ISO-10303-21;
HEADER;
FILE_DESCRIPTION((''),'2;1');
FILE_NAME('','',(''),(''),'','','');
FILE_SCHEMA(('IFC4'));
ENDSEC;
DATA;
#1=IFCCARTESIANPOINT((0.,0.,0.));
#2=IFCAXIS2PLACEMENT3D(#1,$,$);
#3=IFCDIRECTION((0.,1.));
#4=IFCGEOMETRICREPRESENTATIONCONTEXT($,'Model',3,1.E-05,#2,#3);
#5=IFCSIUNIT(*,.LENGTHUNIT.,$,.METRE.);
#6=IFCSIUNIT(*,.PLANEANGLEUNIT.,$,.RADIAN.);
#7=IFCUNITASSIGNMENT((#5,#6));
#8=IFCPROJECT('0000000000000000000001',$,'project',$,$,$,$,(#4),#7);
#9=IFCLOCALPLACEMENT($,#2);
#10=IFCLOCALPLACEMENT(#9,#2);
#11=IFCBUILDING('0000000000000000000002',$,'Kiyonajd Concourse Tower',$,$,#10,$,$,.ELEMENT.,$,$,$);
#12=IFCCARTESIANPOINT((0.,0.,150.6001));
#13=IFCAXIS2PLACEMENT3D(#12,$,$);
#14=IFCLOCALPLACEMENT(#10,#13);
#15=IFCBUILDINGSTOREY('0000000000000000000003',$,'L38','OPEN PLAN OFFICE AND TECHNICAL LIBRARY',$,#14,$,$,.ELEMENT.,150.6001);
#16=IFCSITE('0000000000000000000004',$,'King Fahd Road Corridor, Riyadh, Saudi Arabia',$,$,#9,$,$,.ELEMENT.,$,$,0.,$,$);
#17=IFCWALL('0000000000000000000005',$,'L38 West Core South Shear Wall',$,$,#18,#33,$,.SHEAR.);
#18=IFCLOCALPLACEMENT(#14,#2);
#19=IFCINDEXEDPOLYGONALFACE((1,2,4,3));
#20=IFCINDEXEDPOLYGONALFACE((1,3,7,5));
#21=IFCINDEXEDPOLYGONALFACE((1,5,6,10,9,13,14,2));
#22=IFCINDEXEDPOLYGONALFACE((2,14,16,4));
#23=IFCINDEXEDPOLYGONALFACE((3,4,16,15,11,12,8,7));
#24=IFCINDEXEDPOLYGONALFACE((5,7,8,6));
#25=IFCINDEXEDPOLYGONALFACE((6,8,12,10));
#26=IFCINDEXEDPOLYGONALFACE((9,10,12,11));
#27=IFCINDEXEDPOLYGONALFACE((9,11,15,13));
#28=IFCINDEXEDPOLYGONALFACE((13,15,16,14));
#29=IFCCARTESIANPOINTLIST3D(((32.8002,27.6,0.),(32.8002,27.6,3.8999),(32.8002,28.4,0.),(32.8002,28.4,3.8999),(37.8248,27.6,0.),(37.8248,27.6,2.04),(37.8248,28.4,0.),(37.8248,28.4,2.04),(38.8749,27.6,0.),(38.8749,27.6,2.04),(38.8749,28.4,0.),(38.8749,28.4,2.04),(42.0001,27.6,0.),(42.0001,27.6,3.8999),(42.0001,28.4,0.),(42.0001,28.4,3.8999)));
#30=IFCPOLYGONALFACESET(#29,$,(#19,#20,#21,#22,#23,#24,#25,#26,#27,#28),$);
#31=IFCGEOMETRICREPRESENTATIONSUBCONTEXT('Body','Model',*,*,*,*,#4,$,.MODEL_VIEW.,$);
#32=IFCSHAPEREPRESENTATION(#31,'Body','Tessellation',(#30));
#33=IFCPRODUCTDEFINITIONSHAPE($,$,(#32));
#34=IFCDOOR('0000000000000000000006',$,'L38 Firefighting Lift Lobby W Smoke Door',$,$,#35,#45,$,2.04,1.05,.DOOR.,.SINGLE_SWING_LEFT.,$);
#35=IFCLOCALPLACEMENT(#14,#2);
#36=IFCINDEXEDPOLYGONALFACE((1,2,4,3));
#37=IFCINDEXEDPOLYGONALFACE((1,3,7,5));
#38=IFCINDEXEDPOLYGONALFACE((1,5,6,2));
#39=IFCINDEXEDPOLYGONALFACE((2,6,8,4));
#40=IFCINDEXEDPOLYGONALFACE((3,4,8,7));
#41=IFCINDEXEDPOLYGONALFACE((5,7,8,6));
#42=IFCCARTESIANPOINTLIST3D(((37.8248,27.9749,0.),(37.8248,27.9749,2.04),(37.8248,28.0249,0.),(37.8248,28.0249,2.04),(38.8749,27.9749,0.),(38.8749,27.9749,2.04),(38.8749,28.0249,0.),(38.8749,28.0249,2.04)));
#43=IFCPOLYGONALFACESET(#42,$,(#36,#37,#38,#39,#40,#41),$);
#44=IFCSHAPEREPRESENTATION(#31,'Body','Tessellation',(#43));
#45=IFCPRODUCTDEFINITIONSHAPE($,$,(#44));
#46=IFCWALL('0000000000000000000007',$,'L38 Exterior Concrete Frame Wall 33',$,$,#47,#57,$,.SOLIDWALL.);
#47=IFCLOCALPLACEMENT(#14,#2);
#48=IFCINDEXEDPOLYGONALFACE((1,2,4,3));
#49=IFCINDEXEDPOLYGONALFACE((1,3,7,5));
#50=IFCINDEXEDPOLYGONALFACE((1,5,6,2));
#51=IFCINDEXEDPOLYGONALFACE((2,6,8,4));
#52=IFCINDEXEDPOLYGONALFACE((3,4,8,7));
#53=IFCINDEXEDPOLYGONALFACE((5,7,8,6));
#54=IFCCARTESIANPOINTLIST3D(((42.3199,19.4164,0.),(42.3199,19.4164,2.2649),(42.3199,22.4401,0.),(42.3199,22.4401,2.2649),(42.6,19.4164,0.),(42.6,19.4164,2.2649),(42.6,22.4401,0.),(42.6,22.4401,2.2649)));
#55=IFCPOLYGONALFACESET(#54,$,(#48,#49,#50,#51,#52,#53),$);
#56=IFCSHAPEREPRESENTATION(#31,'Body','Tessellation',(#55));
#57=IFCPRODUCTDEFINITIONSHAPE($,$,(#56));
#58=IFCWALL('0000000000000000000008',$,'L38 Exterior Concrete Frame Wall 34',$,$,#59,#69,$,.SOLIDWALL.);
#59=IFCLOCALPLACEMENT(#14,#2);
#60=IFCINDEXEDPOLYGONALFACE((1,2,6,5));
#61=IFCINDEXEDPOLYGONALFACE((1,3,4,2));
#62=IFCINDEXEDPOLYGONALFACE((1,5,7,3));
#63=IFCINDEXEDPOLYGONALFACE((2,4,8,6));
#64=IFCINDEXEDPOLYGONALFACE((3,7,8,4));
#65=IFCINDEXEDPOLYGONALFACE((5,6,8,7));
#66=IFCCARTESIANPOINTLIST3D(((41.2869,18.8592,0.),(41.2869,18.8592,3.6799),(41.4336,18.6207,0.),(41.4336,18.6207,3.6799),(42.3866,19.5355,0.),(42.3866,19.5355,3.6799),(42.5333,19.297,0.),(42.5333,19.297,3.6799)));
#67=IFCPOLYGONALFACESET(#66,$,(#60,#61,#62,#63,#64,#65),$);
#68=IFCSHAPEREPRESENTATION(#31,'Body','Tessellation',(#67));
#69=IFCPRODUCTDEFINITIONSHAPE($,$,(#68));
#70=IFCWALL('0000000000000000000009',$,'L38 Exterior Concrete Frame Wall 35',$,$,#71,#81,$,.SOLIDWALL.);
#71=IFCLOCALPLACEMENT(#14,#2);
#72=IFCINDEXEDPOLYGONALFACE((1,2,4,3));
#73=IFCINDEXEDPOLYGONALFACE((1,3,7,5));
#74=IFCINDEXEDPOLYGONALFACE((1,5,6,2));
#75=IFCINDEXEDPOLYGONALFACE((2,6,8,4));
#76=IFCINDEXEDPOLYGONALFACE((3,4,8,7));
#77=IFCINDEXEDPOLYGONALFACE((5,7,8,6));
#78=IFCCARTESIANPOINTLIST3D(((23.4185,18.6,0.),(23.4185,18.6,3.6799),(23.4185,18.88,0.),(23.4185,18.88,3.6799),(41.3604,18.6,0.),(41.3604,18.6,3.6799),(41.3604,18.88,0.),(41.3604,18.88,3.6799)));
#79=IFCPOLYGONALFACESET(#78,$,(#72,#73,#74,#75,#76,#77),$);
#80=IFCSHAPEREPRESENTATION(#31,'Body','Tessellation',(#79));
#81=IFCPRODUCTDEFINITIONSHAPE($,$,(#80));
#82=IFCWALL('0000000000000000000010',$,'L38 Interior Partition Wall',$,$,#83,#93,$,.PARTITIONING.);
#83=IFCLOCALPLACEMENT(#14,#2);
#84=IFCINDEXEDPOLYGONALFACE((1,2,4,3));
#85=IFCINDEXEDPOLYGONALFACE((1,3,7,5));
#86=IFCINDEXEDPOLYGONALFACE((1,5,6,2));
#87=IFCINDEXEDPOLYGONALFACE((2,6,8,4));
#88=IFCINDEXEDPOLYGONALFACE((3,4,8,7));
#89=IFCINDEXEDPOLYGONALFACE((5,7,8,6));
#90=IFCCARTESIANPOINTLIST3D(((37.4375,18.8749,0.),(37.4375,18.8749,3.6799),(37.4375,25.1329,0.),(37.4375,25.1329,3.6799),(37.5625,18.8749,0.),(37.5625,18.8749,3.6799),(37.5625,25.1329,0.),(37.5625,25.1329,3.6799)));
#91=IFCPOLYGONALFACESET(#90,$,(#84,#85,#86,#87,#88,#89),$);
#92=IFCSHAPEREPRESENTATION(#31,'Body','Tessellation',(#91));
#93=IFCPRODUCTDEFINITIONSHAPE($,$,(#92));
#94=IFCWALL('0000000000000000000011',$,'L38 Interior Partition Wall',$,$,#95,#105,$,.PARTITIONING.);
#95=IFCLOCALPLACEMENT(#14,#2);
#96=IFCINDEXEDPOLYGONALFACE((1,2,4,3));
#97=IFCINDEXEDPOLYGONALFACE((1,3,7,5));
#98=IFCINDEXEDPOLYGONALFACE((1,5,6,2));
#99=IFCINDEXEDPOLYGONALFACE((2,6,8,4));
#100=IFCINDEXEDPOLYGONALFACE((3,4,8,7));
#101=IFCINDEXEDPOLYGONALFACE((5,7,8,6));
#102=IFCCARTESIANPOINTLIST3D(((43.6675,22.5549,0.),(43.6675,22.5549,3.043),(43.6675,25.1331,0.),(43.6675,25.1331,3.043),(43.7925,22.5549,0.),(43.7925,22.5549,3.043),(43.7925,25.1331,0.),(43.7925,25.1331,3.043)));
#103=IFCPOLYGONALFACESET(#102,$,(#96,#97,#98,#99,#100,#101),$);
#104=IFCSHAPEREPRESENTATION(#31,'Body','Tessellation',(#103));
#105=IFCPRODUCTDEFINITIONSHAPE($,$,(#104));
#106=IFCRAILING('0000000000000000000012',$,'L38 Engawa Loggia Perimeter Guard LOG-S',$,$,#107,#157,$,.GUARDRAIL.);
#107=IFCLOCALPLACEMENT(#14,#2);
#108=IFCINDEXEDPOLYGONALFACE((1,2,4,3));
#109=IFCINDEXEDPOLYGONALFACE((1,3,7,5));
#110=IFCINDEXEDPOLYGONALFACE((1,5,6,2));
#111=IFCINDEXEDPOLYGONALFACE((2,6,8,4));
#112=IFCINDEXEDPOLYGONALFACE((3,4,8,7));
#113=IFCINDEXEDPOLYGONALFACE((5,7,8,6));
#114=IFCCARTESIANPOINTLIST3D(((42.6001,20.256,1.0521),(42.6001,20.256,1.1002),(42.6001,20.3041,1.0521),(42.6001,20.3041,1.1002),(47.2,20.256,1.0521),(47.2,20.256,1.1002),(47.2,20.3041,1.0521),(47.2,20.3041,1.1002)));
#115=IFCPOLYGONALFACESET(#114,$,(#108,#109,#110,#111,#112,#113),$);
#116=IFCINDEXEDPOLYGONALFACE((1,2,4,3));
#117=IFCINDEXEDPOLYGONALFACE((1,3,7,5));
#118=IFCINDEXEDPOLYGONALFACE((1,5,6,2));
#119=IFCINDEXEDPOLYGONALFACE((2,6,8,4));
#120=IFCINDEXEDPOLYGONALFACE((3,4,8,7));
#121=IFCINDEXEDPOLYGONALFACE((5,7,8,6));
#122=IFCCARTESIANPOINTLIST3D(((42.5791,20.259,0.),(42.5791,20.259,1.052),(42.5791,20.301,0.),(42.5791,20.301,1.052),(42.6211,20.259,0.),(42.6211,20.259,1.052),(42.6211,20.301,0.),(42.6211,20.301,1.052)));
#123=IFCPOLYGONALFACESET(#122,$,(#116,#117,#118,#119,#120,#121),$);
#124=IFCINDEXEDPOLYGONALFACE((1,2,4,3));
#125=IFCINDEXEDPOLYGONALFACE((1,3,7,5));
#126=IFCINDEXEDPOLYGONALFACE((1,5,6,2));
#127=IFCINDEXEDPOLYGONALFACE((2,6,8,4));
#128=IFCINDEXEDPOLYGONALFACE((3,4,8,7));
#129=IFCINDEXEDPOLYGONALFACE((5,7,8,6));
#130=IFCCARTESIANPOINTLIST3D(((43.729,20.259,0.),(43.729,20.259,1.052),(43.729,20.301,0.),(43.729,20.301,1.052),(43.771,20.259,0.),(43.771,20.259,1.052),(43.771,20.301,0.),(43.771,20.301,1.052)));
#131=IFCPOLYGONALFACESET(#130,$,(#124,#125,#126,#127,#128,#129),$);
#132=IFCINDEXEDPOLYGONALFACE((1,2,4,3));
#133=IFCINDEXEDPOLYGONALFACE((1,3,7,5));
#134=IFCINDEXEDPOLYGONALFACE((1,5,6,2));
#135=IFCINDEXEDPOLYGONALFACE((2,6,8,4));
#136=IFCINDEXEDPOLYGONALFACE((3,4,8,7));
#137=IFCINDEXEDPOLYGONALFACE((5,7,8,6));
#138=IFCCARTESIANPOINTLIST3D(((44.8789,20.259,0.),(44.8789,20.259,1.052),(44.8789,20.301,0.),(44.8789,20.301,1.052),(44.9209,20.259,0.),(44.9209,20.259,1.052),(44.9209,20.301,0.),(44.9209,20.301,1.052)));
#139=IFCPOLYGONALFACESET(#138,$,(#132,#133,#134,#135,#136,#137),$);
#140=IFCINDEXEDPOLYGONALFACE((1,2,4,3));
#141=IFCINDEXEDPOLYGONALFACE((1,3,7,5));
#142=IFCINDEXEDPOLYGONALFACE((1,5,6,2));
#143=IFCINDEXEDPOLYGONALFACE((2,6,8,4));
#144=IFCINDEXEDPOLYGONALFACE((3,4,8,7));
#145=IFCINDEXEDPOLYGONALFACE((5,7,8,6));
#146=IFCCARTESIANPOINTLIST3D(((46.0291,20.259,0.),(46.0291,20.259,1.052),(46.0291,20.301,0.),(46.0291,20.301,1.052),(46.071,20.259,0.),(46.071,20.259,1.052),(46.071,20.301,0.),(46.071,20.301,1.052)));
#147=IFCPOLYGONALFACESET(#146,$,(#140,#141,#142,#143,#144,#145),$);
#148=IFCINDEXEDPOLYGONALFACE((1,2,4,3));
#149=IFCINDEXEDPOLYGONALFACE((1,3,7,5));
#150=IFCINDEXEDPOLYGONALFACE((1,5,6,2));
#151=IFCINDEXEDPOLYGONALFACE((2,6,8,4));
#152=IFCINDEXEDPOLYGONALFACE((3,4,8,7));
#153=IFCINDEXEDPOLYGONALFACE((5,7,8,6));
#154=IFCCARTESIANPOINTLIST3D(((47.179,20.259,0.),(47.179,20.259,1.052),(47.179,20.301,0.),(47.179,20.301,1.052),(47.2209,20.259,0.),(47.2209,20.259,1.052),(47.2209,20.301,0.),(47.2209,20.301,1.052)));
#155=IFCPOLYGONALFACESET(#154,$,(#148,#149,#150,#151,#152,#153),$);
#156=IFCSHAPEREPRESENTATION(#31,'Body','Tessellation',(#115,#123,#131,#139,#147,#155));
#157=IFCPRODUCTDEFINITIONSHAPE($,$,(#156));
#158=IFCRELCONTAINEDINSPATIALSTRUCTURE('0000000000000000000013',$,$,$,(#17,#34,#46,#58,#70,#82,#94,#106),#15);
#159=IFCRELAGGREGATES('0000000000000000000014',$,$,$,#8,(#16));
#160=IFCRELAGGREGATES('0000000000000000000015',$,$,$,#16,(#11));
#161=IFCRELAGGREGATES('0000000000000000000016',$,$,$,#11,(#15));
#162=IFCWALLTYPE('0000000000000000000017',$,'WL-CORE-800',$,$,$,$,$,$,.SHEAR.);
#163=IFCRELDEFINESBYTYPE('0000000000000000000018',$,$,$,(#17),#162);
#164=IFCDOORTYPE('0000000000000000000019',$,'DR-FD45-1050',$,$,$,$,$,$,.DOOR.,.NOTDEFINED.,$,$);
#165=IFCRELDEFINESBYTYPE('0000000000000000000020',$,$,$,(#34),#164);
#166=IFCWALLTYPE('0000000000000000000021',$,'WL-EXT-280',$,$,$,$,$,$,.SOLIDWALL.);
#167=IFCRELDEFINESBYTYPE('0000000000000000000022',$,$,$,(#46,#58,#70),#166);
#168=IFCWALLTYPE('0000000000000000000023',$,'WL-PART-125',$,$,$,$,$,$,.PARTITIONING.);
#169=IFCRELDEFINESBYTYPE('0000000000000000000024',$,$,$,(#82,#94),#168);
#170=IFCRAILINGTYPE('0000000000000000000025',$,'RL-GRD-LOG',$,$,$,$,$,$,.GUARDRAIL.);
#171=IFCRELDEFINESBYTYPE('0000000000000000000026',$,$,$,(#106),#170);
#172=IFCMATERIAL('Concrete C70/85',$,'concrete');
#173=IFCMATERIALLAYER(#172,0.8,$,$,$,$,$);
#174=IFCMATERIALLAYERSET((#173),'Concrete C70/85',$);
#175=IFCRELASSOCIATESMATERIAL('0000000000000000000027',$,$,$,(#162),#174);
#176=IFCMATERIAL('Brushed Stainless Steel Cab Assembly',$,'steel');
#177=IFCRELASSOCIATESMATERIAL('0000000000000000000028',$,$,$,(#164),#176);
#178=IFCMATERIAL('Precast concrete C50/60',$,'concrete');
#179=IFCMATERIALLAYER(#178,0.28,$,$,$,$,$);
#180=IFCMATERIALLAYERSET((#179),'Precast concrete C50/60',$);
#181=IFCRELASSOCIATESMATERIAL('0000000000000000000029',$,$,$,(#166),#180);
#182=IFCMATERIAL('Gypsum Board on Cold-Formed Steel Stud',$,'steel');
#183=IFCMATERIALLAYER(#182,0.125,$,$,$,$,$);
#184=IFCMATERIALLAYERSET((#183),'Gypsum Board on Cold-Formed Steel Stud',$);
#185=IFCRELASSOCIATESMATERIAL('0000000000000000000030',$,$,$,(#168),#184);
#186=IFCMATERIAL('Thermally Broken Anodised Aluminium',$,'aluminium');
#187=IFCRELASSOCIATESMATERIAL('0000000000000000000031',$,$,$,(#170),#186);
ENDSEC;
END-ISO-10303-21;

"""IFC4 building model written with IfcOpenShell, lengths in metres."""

from ifc_helpers import new_model, si_unit, direction, frame, frame_2d, origin, origin_2d, place, context, subcontext, project, spatial, rectangle, extrude, material, layer, layer_set, type_object, element, fill, save


model = new_model("IFC4")

# Units and contexts
model_context = context("Model", 3, precision=1e-05, world=origin(), true_north=direction((0.0, 1.0)))
body_context = subcontext(model_context, "Body", "Model", "MODEL_VIEW")
ifc_project = project(units=[si_unit("LENGTHUNIT", "METRE"), si_unit("PLANEANGLEUNIT", "RADIAN")], contexts=[model_context])

# Site, building, storey
site_placement = place(None, origin())
site = spatial("IfcSite", under=ifc_project, at=site_placement, Name="King Fahd Road Corridor, Riyadh, Saudi Arabia", CompositionType="ELEMENT", RefElevation=0.0)
building_placement = place(site_placement, origin())
building = spatial("IfcBuilding", under=site, at=building_placement, Name="Kiyonajd Concourse Tower", CompositionType="ELEMENT")
storey_placement = place(building_placement, frame((0.0, 0.0, 150.6001)))
storey = spatial("IfcBuildingStorey", under=building, at=storey_placement, Name="L38", Description="OPEN PLAN OFFICE AND TECHNICAL LIBRARY", CompositionType="ELEMENT", Elevation=150.6001)

# Shared definitions
ifc_material_1 = material(Name="Concrete C70/85", Category="concrete")

# Shared definitions
ifc_material_2 = material(Name="Thermally Broken Anodised Aluminium", Category="aluminium")

# Shared definitions
ifc_layer_1 = layer(ifc_material_1, 0.8)
ifc_layer_set_1 = layer_set([ifc_layer_1], Name="Concrete C70/85")
wall_type_1 = type_object("IfcWallType", Name="WL-CORE-800", PredefinedType="SHEAR", material=ifc_layer_set_1)

# Wall, opening, door
wall_1_placement = place(storey_placement, frame((32.8, 28.0, 0.0), z_axis=(0.0, 0.0, 1.0), x_axis=(1.0, 0.0, 0.0)))
wall_1 = element("IfcWall", 1, at=wall_1_placement, inside=storey, type_object=wall_type_1, Name="L38 West Core South Shear Wall", PredefinedType="SHEAR", context=body_context, shape_type="SweptSolid", body=[
    extrude(rectangle(XDim=9.2, YDim=0.8, at=frame_2d((4.6001, 0.0))), origin(), (0.0, 0.0, 1.0), 3.8999),
])
opening_placement = place(wall_1_placement, frame((5.0249, 0.0, 0.0)))
opening = element("IfcOpeningElement", 2, at=opening_placement, cuts=wall_1, PredefinedType="OPENING", context=body_context, shape_type="SweptSolid", body=[
    extrude(rectangle(XDim=1.05, YDim=2.04, at=frame_2d((0.5249, 1.02))), frame((0.0, 0.4099, 0.0), z_axis=(0.0, -1.0, 0.0), x_axis=(1.0, 0.0, 0.0)), (0.0, 0.0, 1.0), 0.8201),
])
ifc_material_3 = material(Name="Brushed Stainless Steel Cab Assembly", Category="steel")
door_type = type_object("IfcDoorType", Name="DR-FD45-1050", OperationType="NOTDEFINED", PredefinedType="DOOR", material=ifc_material_3)
door_placement = place(opening_placement, origin())
door = element("IfcDoor", 3, at=door_placement, inside=storey, type_object=door_type, Name="L38 Firefighting Lift Lobby W Smoke Door", OperationType="SINGLE_SWING_LEFT", OverallHeight=2.04, OverallWidth=1.05, PredefinedType="DOOR", context=body_context, shape_type="SweptSolid", body=[
    extrude(rectangle(XDim=1.05, YDim=2.04, at=frame_2d((0.5249, 1.02))), frame((0.0, 0.0249, 0.0), z_axis=(0.0, -1.0, 0.0), x_axis=(1.0, 0.0, 0.0)), (0.0, 0.0, 1.0), 0.05),
])
fill(opening, door)

# Walls
ifc_material_4 = material(Name="Precast concrete C50/60", Category="concrete")
ifc_layer_2 = layer(ifc_material_4, 0.28)
ifc_layer_set_2 = layer_set([ifc_layer_2], Name="Precast concrete C50/60")
wall_type_2 = type_object("IfcWallType", Name="WL-EXT-280", PredefinedType="SOLIDWALL", material=ifc_layer_set_2)
wall_2_placement = place(storey_placement, frame((42.46, 22.4399, 0.0), z_axis=(0.0, 0.0, 1.0), x_axis=(0.0, -1.0, 0.0)))
element("IfcWall", 4, at=wall_2_placement, inside=storey, type_object=wall_type_2, Name="L38 Exterior Concrete Frame Wall 33", PredefinedType="SOLIDWALL", context=body_context, shape_type="SweptSolid", body=[
    extrude(rectangle(XDim=3.0237, YDim=0.28, at=frame_2d((1.5117, 0.0))), origin(), (0.0, 0.0, 1.0), 2.2649),
])
wall_3_placement = place(storey_placement, frame((42.46, 19.4163, 0.0), z_axis=(0.0, 0.0, 1.0), x_axis=(-0.851801, -0.523865, 0.0)))
element("IfcWall", 5, at=wall_3_placement, inside=storey, type_object=wall_type_2, Name="L38 Exterior Concrete Frame Wall 34", PredefinedType="SOLIDWALL", context=body_context, shape_type="SweptSolid", body=[
    extrude(rectangle(XDim=1.291, YDim=0.28, at=frame_2d((0.6455, 0.0))), origin(), (0.0, 0.0, 1.0), 3.6799),
])
wall_4_placement = place(storey_placement, frame((41.3604, 18.74, 0.0), z_axis=(0.0, 0.0, 1.0), x_axis=(-1.0, 0.0, 0.0)))
element("IfcWall", 6, at=wall_4_placement, inside=storey, type_object=wall_type_2, Name="L38 Exterior Concrete Frame Wall 35", PredefinedType="SOLIDWALL", context=body_context, shape_type="SweptSolid", body=[
    extrude(rectangle(XDim=17.9419, YDim=0.28, at=frame_2d((8.9709, 0.0))), origin(), (0.0, 0.0, 1.0), 3.6799),
])
ifc_material_5 = material(Name="Gypsum Board on Cold-Formed Steel Stud", Category="steel")
ifc_layer_3 = layer(ifc_material_5, 0.125)
ifc_layer_set_3 = layer_set([ifc_layer_3], Name="Gypsum Board on Cold-Formed Steel Stud")
wall_type_3 = type_object("IfcWallType", Name="WL-PART-125", PredefinedType="PARTITIONING", material=ifc_layer_set_3)
wall_5_placement = place(storey_placement, frame((37.5, 18.875, 0.0), z_axis=(0.0, 0.0, 1.0), x_axis=(0.0, 1.0, 0.0)))
element("IfcWall", 7, at=wall_5_placement, inside=storey, type_object=wall_type_3, Name="L38 Interior Partition Wall", PredefinedType="PARTITIONING", context=body_context, shape_type="SweptSolid", body=[
    extrude(rectangle(XDim=6.2581, YDim=0.125, at=frame_2d((3.1289, 0.0))), origin(), (0.0, 0.0, 1.0), 3.6799),
])
wall_6_placement = place(storey_placement, frame((43.73, 22.5549, 0.0), z_axis=(0.0, 0.0, 1.0), x_axis=(0.0, 1.0, 0.0)))
element("IfcWall", 8, at=wall_6_placement, inside=storey, type_object=wall_type_3, Name="L38 Interior Partition Wall", PredefinedType="PARTITIONING", context=body_context, shape_type="SweptSolid", body=[
    extrude(rectangle(XDim=2.5781, YDim=0.125, at=frame_2d((1.2891, 0.0))), origin(), (0.0, 0.0, 1.0), 3.043),
])

# Railing
railing_type = type_object("IfcRailingType", Name="RL-GRD-LOG", PredefinedType="GUARDRAIL", material=ifc_material_2)
railing_placement = place(storey_placement, frame((42.6001, 20.28, 0.0)))
element("IfcRailing", 9, at=railing_placement, inside=storey, type_object=railing_type, Name="L38 Engawa Loggia Perimeter Guard LOG-S", PredefinedType="GUARDRAIL", context=body_context, shape_type="SweptSolid", body=[
    extrude(rectangle(XDim=0.0481, YDim=0.0481, at=origin_2d()), frame((0.0, 0.0, 1.0762), z_axis=(1.0, 0.0, 0.0), x_axis=(0.0, 1.0, 0.0)), (0.0, 0.0, 1.0), 4.5999),
    extrude(rectangle(XDim=0.042, YDim=0.042, at=origin_2d()), origin(), (0.0, 0.0, 1.0), 1.052),
    extrude(rectangle(XDim=0.042, YDim=0.042, at=origin_2d()), frame((1.1499, 0.0, 0.0)), (0.0, 0.0, 1.0), 1.052),
    extrude(rectangle(XDim=0.042, YDim=0.042, at=origin_2d()), frame((2.2998, 0.0, 0.0)), (0.0, 0.0, 1.0), 1.052),
    extrude(rectangle(XDim=0.042, YDim=0.042, at=origin_2d()), frame((3.45, 0.0, 0.0)), (0.0, 0.0, 1.0), 1.052),
    extrude(rectangle(XDim=0.042, YDim=0.042, at=origin_2d()), frame((4.5999, 0.0, 0.0)), (0.0, 0.0, 1.0), 1.052),
])

save(model, "model.ifc")
